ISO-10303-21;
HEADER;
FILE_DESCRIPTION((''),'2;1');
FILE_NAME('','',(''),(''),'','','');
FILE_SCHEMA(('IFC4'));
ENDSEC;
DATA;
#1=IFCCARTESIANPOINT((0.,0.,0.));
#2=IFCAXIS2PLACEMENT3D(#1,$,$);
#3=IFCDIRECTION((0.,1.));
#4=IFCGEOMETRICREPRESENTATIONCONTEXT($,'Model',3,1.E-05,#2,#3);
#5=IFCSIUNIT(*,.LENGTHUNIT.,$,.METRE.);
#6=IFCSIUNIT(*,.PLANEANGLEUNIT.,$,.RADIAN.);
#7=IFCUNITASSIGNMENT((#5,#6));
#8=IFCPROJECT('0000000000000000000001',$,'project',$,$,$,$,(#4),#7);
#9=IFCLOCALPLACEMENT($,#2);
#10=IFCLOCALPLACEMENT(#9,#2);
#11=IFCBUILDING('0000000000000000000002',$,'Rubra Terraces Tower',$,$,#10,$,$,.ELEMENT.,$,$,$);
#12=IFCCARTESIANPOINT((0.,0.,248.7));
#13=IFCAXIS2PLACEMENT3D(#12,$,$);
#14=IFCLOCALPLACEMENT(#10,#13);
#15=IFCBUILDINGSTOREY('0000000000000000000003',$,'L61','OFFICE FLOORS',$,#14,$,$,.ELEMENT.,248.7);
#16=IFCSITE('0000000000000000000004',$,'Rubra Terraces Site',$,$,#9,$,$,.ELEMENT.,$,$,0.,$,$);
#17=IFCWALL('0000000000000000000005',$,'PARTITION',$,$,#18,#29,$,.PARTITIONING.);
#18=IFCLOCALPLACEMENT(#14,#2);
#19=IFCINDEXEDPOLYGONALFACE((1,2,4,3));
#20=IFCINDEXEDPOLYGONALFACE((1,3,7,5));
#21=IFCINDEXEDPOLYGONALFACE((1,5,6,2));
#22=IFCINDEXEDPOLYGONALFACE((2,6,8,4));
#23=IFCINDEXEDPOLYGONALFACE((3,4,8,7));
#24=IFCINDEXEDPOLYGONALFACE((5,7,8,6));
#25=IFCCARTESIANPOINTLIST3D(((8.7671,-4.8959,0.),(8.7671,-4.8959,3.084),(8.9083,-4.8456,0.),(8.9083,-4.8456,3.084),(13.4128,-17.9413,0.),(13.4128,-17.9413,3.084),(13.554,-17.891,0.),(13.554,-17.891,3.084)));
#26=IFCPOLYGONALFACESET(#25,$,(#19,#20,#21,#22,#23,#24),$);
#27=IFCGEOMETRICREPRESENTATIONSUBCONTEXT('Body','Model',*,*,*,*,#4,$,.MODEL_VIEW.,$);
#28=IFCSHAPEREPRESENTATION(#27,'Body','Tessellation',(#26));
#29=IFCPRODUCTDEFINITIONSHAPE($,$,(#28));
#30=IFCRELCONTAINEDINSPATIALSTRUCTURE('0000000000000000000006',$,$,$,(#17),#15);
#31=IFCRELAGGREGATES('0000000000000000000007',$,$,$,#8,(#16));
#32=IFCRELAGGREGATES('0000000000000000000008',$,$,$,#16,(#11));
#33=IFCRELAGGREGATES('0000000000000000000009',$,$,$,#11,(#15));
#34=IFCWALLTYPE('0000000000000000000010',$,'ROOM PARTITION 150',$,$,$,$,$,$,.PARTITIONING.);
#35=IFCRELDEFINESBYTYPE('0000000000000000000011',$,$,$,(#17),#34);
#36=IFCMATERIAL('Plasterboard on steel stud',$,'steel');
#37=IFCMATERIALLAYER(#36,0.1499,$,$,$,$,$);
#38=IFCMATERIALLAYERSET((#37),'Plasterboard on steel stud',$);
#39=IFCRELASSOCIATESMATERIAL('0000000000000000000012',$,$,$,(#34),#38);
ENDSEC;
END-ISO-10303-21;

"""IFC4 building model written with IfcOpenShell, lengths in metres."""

from ifc_helpers import new_model, si_unit, direction, frame, frame_2d, origin, place, context, subcontext, project, spatial, rectangle, extrude, material, layer, layer_set, type_object, element, save


model = new_model("IFC4")

# Units and contexts
model_context = context("Model", 3, precision=1e-05, world=origin(), true_north=direction((0.0, 1.0)))
body_context = subcontext(model_context, "Body", "Model", "MODEL_VIEW")
ifc_project = project(units=[si_unit("LENGTHUNIT", "METRE"), si_unit("PLANEANGLEUNIT", "RADIAN")], contexts=[model_context])

# Site, building, storey
site_placement = place(None, origin())
site = spatial("IfcSite", under=ifc_project, at=site_placement, Name="Rubra Terraces Site", CompositionType="ELEMENT", RefElevation=0.0)
building_placement = place(site_placement, origin())
building = spatial("IfcBuilding", under=site, at=building_placement, Name="Rubra Terraces Tower", CompositionType="ELEMENT")
storey_placement = place(building_placement, frame((0.0, 0.0, 248.7)))
storey = spatial("IfcBuildingStorey", under=building, at=storey_placement, Name="L61", Description="OFFICE FLOORS", CompositionType="ELEMENT", Elevation=248.7)

# Wall
ifc_material_1 = material(Name="Plasterboard on steel stud", Category="steel")
ifc_layer_1 = layer(ifc_material_1, 0.1499)
ifc_layer_set_1 = layer_set([ifc_layer_1], Name="Plasterboard on steel stud")
wall_type_1 = type_object("IfcWallType", Name="ROOM PARTITION 150", PredefinedType="PARTITIONING", material=ifc_layer_set_1)
wall_1_placement = place(storey_placement, frame((13.4834, -17.916, 0.0), z_axis=(0.0, 0.0, 1.0), x_axis=(-0.335483, 0.942046, 0.0)))
element("IfcWall", 1, at=wall_1_placement, inside=storey, type_object=wall_type_1, Name="PARTITION", PredefinedType="PARTITIONING", context=body_context, shape_type="SweptSolid", body=[
    extrude(rectangle(XDim=13.8479, YDim=0.1499, at=frame_2d((6.9238, 0.0))), origin(), (0.0, 0.0, 1.0), 3.084),
])

save(model, "model.ifc")
